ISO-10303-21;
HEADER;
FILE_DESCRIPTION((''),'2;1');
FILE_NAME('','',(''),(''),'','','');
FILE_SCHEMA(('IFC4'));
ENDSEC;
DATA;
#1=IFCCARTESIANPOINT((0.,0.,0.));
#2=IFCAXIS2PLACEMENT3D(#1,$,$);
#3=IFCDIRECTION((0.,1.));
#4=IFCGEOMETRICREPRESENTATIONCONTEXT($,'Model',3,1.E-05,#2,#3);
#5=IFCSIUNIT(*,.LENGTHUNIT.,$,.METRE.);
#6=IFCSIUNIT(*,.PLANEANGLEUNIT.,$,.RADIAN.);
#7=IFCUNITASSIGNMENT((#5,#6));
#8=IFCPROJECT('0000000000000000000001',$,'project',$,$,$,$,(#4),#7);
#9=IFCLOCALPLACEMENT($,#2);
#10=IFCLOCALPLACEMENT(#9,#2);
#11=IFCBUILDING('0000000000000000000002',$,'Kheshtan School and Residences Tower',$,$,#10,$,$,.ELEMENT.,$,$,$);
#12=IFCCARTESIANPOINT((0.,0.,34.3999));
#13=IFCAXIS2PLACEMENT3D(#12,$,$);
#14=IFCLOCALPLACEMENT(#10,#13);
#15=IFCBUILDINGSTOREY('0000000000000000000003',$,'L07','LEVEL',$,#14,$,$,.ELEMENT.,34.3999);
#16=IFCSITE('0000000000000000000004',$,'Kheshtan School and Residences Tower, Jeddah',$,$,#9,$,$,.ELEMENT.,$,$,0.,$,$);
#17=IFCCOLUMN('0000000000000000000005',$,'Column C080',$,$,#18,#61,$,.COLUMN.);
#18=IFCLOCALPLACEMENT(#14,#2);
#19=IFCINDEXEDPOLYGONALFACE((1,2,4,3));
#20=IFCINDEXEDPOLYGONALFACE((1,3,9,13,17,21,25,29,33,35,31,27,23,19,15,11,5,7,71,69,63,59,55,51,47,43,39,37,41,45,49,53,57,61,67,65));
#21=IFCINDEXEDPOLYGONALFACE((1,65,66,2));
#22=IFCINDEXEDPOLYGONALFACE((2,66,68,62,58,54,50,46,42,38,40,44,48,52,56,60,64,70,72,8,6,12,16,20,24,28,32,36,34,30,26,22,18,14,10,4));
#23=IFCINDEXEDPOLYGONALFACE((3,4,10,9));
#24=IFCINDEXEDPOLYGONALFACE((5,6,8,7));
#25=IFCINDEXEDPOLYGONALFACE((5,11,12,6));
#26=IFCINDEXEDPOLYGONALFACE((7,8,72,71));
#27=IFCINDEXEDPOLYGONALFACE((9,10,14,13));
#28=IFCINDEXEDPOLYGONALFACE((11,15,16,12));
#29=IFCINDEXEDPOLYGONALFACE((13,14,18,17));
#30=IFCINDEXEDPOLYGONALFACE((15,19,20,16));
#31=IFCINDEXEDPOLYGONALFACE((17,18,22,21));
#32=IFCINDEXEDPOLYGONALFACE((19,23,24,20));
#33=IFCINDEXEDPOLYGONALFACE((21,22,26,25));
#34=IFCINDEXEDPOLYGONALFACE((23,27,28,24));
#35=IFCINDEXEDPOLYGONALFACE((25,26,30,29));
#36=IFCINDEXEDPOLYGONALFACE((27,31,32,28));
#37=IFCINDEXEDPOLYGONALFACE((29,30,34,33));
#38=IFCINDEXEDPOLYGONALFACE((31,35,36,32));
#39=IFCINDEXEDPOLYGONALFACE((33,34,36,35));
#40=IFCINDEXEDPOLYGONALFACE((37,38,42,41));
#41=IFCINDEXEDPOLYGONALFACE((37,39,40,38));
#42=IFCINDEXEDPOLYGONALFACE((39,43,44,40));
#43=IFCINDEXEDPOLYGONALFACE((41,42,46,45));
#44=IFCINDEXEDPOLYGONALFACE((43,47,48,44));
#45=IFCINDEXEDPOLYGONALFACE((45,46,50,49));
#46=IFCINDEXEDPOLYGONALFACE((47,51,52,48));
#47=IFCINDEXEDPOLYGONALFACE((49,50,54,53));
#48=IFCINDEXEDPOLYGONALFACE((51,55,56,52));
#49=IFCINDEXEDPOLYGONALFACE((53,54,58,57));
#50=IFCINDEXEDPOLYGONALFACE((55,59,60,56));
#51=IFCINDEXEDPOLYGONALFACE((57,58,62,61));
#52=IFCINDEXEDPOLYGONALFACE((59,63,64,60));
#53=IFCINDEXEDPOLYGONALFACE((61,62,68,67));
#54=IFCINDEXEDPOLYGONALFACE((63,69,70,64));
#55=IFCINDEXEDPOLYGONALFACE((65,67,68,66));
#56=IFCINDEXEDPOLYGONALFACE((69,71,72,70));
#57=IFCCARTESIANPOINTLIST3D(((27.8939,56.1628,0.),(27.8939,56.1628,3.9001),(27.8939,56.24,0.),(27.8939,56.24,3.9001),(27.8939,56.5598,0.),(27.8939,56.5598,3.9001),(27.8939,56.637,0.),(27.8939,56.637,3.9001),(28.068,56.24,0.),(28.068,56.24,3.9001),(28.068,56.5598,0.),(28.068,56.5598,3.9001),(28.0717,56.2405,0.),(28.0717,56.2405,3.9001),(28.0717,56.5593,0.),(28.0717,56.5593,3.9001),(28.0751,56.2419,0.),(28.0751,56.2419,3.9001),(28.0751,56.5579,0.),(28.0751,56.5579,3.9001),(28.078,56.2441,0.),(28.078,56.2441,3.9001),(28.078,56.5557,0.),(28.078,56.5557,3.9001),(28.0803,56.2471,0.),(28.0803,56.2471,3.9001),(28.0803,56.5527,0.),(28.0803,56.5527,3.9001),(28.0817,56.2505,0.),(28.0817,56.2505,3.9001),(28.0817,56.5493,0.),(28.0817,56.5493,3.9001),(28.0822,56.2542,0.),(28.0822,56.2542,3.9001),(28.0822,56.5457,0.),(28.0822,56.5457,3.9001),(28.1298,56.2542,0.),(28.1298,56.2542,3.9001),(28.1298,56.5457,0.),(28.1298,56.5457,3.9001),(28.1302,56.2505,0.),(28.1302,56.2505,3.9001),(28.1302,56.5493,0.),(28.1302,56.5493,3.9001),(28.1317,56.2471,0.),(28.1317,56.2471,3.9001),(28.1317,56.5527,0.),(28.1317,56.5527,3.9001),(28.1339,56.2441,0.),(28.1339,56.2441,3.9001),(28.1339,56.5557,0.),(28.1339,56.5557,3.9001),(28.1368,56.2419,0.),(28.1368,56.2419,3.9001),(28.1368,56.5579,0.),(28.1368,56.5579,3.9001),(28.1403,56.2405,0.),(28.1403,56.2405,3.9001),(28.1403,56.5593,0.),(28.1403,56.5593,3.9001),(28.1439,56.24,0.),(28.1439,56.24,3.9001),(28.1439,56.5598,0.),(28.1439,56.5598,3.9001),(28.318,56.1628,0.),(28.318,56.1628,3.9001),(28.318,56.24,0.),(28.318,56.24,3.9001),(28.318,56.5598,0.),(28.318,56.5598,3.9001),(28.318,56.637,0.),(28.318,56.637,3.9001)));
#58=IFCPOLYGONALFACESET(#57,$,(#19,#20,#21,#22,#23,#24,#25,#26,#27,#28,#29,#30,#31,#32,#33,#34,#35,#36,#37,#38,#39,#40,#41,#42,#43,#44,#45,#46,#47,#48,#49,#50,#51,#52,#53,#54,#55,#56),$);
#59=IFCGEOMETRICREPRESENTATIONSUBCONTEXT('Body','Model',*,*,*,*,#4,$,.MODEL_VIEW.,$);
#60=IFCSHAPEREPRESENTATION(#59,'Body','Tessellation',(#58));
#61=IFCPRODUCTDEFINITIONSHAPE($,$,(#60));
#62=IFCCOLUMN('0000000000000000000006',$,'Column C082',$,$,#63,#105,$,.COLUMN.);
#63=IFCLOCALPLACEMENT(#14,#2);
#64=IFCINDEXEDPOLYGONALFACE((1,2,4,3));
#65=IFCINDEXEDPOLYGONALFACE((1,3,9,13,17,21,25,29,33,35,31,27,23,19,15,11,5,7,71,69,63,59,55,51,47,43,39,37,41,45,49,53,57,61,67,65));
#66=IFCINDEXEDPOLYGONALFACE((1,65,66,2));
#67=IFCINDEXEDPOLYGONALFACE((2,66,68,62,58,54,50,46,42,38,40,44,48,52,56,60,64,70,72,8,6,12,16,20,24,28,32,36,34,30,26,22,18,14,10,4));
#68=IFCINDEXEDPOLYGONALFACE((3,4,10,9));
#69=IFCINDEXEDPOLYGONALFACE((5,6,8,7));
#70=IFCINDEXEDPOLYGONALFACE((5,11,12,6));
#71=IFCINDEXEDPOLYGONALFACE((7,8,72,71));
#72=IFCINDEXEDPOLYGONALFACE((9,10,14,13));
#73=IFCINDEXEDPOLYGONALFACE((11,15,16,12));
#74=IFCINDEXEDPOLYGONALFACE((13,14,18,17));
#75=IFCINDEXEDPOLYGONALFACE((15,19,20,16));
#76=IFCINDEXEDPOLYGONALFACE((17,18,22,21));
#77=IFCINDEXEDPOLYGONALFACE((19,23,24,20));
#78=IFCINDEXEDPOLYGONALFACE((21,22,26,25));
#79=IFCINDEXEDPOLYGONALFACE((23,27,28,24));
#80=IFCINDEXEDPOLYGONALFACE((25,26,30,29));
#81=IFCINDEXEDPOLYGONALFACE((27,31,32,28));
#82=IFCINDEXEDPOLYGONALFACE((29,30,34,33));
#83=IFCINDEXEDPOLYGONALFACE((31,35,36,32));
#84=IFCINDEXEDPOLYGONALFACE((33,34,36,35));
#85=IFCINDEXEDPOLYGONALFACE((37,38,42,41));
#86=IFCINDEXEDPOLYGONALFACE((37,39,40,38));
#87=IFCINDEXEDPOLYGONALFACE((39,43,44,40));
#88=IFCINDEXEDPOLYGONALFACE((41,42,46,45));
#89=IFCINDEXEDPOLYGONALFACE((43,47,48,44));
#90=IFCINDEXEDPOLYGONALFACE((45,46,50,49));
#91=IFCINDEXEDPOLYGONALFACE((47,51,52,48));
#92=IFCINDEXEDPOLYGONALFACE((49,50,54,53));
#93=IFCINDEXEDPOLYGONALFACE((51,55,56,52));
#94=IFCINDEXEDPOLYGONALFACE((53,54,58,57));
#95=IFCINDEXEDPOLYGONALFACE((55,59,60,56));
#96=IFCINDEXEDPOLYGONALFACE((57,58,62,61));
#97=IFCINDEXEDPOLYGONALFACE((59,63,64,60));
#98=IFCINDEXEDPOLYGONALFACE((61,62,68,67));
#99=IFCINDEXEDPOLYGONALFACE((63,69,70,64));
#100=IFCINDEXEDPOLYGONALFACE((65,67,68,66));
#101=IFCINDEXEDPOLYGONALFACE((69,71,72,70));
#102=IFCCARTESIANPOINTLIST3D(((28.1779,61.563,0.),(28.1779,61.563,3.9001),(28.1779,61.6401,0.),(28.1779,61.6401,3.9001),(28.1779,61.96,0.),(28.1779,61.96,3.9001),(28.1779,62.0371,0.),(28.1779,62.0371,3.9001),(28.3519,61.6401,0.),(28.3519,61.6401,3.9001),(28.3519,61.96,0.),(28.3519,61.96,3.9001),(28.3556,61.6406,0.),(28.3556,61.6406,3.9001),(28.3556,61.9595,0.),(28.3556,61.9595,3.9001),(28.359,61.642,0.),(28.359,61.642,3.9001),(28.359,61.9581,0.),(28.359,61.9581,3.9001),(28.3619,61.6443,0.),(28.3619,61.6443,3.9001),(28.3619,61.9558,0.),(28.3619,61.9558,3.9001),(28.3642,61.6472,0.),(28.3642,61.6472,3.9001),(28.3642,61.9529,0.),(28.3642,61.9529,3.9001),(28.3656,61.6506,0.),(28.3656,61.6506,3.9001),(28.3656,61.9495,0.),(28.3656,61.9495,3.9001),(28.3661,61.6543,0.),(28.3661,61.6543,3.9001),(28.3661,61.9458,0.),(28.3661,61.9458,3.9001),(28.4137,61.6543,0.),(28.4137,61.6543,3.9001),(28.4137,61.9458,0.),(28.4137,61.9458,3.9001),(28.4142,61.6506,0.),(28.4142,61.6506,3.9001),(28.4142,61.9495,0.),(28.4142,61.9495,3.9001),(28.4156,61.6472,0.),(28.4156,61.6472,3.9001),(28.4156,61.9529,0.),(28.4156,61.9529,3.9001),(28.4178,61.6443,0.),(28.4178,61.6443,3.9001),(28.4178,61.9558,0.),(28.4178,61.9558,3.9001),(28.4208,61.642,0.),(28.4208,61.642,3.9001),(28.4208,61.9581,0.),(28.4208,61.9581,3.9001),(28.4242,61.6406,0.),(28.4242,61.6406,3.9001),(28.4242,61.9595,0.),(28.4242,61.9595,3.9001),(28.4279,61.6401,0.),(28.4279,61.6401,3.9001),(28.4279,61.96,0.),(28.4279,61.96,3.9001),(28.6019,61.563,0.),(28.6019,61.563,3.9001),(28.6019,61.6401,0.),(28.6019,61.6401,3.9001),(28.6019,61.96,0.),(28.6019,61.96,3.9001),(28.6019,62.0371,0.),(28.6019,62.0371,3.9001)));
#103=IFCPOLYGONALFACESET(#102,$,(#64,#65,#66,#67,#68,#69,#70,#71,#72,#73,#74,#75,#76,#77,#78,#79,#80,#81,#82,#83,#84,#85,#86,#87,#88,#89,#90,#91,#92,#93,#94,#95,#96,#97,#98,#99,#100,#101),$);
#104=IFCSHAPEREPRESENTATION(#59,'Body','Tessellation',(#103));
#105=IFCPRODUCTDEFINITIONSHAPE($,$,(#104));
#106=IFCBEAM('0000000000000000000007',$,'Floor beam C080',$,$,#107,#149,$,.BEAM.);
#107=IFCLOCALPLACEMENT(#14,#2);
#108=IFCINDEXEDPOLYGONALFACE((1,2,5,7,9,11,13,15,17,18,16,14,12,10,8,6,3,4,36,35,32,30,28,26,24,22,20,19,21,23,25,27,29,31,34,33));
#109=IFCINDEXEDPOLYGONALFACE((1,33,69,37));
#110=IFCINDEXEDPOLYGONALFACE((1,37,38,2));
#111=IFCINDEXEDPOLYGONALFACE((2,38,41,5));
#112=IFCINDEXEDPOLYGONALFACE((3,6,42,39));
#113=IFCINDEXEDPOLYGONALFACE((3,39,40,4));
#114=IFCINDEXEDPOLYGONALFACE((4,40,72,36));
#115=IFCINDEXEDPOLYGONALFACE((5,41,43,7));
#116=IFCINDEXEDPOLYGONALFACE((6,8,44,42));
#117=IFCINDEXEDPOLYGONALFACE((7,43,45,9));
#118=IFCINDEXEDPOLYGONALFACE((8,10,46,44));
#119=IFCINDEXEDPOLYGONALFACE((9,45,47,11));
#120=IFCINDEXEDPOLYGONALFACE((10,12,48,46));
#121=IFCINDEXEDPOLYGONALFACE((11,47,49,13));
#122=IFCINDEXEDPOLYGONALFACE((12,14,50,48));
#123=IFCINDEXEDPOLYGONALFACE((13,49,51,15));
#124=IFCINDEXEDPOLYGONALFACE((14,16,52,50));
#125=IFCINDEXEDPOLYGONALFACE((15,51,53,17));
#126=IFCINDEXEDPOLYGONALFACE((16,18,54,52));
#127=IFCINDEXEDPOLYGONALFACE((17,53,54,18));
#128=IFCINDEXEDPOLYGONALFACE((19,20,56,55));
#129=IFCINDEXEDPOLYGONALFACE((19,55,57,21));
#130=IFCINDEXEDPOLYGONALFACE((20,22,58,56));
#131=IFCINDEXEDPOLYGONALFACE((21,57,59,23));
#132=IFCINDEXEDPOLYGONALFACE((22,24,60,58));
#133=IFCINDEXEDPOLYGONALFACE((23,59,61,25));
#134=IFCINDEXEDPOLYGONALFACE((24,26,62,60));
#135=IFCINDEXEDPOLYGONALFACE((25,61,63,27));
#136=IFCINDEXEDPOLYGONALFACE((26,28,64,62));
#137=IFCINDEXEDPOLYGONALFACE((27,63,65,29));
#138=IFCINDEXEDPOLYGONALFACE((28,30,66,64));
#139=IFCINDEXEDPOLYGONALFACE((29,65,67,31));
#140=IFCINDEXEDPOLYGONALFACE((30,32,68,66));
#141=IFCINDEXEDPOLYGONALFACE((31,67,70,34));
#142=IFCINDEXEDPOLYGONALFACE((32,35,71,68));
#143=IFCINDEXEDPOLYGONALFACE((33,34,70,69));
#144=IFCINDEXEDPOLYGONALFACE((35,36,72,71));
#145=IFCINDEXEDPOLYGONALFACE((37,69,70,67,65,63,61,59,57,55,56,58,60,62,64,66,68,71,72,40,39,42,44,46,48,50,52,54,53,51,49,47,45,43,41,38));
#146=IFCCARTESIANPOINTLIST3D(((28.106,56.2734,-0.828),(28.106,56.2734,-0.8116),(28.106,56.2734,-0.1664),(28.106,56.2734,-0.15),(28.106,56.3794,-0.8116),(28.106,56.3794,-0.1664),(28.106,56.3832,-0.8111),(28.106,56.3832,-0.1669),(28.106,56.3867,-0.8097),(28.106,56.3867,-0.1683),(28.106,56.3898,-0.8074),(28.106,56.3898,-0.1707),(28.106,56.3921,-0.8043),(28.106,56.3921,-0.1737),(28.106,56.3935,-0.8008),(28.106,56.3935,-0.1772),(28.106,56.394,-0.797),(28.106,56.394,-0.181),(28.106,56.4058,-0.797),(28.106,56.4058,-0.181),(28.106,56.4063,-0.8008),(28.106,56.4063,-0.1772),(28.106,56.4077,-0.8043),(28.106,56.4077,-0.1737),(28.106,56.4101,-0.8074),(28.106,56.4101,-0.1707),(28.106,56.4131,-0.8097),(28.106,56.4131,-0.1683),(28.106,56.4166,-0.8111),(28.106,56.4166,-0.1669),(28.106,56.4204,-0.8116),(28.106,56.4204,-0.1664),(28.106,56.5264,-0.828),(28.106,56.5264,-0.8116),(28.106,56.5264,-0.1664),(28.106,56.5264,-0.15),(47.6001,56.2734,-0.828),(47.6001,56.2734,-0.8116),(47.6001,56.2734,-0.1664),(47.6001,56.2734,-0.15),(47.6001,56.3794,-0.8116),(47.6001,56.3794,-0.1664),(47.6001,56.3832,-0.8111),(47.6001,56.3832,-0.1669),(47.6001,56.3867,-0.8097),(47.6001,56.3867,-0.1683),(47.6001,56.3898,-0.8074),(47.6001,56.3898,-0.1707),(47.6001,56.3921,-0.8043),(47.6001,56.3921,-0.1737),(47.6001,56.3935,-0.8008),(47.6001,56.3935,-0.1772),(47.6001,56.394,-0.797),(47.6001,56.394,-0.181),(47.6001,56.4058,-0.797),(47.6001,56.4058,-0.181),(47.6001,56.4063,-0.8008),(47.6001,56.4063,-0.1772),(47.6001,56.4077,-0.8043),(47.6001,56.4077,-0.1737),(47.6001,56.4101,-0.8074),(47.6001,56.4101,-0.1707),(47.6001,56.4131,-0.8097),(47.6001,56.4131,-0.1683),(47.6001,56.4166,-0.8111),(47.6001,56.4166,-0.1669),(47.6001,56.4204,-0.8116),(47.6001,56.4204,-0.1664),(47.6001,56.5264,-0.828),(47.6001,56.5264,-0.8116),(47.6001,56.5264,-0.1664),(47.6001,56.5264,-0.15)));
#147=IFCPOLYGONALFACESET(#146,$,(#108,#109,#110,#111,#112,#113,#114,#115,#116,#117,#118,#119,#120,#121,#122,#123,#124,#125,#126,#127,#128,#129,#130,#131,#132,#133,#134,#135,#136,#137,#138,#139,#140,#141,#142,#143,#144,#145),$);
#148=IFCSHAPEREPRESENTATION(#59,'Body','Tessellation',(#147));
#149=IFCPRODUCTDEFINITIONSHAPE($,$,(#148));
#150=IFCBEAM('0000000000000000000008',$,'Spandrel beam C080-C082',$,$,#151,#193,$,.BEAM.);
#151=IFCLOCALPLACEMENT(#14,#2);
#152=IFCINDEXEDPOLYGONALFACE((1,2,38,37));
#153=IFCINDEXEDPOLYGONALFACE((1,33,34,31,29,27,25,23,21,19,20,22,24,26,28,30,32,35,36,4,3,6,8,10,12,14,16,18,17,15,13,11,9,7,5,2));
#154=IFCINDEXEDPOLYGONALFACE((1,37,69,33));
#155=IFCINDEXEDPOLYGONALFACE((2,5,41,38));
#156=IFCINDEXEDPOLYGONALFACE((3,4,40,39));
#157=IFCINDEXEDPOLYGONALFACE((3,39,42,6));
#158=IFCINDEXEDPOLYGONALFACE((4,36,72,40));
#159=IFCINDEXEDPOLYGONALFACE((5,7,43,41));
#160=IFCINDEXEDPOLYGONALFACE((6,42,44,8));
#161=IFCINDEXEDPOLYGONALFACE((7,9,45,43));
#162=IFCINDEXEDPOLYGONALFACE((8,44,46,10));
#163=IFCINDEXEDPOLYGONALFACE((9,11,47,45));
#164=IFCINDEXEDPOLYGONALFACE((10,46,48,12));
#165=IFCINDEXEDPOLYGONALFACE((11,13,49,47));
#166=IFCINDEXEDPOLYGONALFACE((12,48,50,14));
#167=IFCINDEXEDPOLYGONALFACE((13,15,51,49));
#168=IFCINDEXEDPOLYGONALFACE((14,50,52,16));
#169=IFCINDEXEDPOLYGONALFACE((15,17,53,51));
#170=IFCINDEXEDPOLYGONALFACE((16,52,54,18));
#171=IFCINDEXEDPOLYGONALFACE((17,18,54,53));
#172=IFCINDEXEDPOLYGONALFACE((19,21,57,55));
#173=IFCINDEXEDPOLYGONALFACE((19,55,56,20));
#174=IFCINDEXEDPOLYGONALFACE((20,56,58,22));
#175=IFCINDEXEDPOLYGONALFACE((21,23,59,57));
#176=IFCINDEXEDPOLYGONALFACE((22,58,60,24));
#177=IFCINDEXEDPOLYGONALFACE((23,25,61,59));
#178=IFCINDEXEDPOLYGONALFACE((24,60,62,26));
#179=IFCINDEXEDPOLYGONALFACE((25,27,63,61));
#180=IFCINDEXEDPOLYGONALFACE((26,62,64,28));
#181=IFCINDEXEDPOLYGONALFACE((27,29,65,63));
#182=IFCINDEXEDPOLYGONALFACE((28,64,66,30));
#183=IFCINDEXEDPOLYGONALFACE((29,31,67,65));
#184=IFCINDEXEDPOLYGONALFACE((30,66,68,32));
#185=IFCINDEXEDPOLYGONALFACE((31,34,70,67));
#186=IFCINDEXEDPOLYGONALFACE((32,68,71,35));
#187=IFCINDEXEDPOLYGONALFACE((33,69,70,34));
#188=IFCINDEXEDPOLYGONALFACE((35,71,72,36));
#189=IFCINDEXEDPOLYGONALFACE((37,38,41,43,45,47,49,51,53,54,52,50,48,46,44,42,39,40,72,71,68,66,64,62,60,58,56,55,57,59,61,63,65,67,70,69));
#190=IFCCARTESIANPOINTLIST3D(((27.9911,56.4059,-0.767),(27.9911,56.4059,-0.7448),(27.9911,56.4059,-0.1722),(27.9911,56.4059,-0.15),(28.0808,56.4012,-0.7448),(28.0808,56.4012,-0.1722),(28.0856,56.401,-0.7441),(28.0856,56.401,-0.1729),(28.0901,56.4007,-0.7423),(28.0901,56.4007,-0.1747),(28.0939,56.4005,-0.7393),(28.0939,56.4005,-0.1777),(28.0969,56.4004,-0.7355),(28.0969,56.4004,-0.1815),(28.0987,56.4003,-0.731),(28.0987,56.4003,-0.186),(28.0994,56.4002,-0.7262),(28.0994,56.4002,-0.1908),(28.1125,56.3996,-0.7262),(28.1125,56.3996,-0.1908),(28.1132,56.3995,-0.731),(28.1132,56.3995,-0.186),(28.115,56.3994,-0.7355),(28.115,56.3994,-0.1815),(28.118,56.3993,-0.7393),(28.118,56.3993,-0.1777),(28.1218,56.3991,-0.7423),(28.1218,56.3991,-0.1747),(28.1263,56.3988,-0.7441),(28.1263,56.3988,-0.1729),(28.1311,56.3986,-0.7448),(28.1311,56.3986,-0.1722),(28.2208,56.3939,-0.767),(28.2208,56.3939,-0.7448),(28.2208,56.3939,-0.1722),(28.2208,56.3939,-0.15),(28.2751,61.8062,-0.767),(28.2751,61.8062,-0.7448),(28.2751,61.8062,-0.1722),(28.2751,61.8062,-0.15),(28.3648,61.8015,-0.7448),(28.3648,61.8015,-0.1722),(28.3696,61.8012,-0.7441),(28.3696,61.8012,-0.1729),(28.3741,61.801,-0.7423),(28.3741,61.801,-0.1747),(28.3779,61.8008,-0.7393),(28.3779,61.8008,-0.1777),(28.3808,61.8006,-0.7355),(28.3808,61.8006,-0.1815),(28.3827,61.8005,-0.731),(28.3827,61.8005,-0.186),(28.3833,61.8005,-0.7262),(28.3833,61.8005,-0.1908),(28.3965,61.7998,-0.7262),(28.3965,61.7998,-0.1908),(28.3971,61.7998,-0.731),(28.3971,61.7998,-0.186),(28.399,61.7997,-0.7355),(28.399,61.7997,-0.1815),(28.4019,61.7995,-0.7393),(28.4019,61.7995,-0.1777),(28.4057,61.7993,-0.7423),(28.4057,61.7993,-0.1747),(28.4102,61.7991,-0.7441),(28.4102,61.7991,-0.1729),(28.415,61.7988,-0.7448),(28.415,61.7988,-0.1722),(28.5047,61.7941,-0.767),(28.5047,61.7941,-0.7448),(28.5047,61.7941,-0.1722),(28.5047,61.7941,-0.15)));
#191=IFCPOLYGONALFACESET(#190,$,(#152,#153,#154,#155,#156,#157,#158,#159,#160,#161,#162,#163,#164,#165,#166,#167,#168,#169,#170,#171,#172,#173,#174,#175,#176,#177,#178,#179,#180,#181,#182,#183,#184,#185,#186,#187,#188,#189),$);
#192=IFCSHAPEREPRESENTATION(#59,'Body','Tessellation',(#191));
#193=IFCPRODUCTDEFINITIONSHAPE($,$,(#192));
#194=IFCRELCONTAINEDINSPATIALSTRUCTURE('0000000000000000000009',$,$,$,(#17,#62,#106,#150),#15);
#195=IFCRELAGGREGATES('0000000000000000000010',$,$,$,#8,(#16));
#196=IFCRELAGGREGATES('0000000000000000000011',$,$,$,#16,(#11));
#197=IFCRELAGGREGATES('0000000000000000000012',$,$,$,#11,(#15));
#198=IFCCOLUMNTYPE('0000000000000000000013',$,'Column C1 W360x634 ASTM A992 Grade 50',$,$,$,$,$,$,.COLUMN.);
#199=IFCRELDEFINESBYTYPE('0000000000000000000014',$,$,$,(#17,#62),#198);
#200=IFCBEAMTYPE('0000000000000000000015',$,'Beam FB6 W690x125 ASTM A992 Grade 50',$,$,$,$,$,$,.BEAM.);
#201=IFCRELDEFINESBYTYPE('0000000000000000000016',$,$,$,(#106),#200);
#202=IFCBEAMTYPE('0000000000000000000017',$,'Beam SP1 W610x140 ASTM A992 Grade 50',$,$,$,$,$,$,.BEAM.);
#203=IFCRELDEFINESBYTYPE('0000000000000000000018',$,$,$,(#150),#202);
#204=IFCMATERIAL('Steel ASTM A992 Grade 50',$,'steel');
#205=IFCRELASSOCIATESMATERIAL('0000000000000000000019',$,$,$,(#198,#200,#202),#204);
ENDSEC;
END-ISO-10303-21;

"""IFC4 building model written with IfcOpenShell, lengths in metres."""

from ifc_helpers import new_model, si_unit, direction, frame, origin, origin_2d, place, context, subcontext, project, spatial, i_section, extrude, material, material_profile, profile_set, type_object, element, save


model = new_model("IFC4")

# Units and contexts
model_context = context("Model", 3, precision=1e-05, world=origin(), true_north=direction((0.0, 1.0)))
body_context = subcontext(model_context, "Body", "Model", "MODEL_VIEW")
ifc_project = project(units=[si_unit("LENGTHUNIT", "METRE"), si_unit("PLANEANGLEUNIT", "RADIAN")], contexts=[model_context])

# Site, building, storey
site_placement = place(None, origin())
site = spatial("IfcSite", under=ifc_project, at=site_placement, Name="Kheshtan School and Residences Tower, Jeddah", CompositionType="ELEMENT", RefElevation=0.0)
building_placement = place(site_placement, origin())
building = spatial("IfcBuilding", under=site, at=building_placement, Name="Kheshtan School and Residences Tower", CompositionType="ELEMENT")
storey_placement = place(building_placement, frame((0.0, 0.0, 34.3999)))
storey = spatial("IfcBuildingStorey", under=building, at=storey_placement, Name="L07", Description="LEVEL", CompositionType="ELEMENT", Elevation=34.3999)

# Columns
ifc_material_1 = material(Name="Steel ASTM A992 Grade 50", Category="steel")
ifc_material_profile_1 = material_profile(ifc_material_1, i_section(OverallWidth=0.4241, OverallDepth=0.4741, WebThickness=0.0476, FlangeThickness=0.0771, FilletRadius=0.0142, at=origin_2d()), Name="W360x634")
ifc_profile_set_1 = profile_set([ifc_material_profile_1], Name="Steel ASTM A992 Grade 50")
column_type = type_object("IfcColumnType", Name="Column C1 W360x634 ASTM A992 Grade 50", PredefinedType="COLUMN", material=ifc_profile_set_1)
for number, where, z_axis, x_axis, name in (
    (1, (28.106, 56.3999, 0.0), (0.0, 0.0, 1.0), (1.0, 0.0, 0.0), "Column C080"),
    (2, (28.3899, 61.8, 0.0), (0.0, 0.0, 1.0), (1.0, 0.0, 0.0), "Column C082"),
):
    element("IfcColumn", number, at=place(storey_placement, frame(where, z_axis=z_axis, x_axis=x_axis)), inside=storey, type_object=column_type, Name=name, PredefinedType="COLUMN", context=body_context, shape_type="SweptSolid", body=[
        extrude(i_section(OverallWidth=0.4241, OverallDepth=0.4741, WebThickness=0.0476, FlangeThickness=0.0771, FilletRadius=0.0142, at=origin_2d()), origin(), (0.0, 0.0, 1.0), 3.9001),
    ])

# Beams
ifc_material_profile_2 = material_profile(ifc_material_1, i_section(OverallWidth=0.2529, OverallDepth=0.678, WebThickness=0.0117, FlangeThickness=0.0164, FilletRadius=0.0146, at=origin_2d()), Name="W690x125")
ifc_profile_set_2 = profile_set([ifc_material_profile_2], Name="Steel ASTM A992 Grade 50")
beam_type_1 = type_object("IfcBeamType", Name="Beam FB6 W690x125 ASTM A992 Grade 50", PredefinedType="BEAM", material=ifc_profile_set_2)
beam_1_placement = place(storey_placement, frame((28.106, 56.3999, -0.489), z_axis=(1.0, 0.0, 0.0), x_axis=(0.0, 1.0, 0.0)))
element("IfcBeam", 3, at=beam_1_placement, inside=storey, type_object=beam_type_1, Name="Floor beam C080", PredefinedType="BEAM", context=body_context, shape_type="SweptSolid", body=[
    extrude(i_section(OverallWidth=0.2529, OverallDepth=0.678, WebThickness=0.0117, FlangeThickness=0.0164, FilletRadius=0.0146, at=origin_2d()), origin(), (0.0, 0.0, 1.0), 19.4941),
])
ifc_material_profile_3 = material_profile(ifc_material_1, i_section(OverallWidth=0.23, OverallDepth=0.6169, WebThickness=0.0132, FlangeThickness=0.0222, FilletRadius=0.0186, at=origin_2d()), Name="W610x140")
ifc_profile_set_3 = profile_set([ifc_material_profile_3], Name="Steel ASTM A992 Grade 50")
beam_type_2 = type_object("IfcBeamType", Name="Beam SP1 W610x140 ASTM A992 Grade 50", PredefinedType="BEAM", material=ifc_profile_set_3)
beam_2_placement = place(storey_placement, frame((28.106, 56.3999, -0.4585), z_axis=(0.052507, 0.998621, 0.0), x_axis=(-0.998621, 0.052507, 0.0)))
element("IfcBeam", 4, at=beam_2_placement, inside=storey, type_object=beam_type_2, Name="Spandrel beam C080-C082", PredefinedType="BEAM", context=body_context, shape_type="SweptSolid", body=[
    extrude(i_section(OverallWidth=0.23, OverallDepth=0.6169, WebThickness=0.0132, FlangeThickness=0.0222, FilletRadius=0.0186, at=origin_2d()), origin(), (0.0, 0.0, 1.0), 5.4077),
])

save(model, "model.ifc")
